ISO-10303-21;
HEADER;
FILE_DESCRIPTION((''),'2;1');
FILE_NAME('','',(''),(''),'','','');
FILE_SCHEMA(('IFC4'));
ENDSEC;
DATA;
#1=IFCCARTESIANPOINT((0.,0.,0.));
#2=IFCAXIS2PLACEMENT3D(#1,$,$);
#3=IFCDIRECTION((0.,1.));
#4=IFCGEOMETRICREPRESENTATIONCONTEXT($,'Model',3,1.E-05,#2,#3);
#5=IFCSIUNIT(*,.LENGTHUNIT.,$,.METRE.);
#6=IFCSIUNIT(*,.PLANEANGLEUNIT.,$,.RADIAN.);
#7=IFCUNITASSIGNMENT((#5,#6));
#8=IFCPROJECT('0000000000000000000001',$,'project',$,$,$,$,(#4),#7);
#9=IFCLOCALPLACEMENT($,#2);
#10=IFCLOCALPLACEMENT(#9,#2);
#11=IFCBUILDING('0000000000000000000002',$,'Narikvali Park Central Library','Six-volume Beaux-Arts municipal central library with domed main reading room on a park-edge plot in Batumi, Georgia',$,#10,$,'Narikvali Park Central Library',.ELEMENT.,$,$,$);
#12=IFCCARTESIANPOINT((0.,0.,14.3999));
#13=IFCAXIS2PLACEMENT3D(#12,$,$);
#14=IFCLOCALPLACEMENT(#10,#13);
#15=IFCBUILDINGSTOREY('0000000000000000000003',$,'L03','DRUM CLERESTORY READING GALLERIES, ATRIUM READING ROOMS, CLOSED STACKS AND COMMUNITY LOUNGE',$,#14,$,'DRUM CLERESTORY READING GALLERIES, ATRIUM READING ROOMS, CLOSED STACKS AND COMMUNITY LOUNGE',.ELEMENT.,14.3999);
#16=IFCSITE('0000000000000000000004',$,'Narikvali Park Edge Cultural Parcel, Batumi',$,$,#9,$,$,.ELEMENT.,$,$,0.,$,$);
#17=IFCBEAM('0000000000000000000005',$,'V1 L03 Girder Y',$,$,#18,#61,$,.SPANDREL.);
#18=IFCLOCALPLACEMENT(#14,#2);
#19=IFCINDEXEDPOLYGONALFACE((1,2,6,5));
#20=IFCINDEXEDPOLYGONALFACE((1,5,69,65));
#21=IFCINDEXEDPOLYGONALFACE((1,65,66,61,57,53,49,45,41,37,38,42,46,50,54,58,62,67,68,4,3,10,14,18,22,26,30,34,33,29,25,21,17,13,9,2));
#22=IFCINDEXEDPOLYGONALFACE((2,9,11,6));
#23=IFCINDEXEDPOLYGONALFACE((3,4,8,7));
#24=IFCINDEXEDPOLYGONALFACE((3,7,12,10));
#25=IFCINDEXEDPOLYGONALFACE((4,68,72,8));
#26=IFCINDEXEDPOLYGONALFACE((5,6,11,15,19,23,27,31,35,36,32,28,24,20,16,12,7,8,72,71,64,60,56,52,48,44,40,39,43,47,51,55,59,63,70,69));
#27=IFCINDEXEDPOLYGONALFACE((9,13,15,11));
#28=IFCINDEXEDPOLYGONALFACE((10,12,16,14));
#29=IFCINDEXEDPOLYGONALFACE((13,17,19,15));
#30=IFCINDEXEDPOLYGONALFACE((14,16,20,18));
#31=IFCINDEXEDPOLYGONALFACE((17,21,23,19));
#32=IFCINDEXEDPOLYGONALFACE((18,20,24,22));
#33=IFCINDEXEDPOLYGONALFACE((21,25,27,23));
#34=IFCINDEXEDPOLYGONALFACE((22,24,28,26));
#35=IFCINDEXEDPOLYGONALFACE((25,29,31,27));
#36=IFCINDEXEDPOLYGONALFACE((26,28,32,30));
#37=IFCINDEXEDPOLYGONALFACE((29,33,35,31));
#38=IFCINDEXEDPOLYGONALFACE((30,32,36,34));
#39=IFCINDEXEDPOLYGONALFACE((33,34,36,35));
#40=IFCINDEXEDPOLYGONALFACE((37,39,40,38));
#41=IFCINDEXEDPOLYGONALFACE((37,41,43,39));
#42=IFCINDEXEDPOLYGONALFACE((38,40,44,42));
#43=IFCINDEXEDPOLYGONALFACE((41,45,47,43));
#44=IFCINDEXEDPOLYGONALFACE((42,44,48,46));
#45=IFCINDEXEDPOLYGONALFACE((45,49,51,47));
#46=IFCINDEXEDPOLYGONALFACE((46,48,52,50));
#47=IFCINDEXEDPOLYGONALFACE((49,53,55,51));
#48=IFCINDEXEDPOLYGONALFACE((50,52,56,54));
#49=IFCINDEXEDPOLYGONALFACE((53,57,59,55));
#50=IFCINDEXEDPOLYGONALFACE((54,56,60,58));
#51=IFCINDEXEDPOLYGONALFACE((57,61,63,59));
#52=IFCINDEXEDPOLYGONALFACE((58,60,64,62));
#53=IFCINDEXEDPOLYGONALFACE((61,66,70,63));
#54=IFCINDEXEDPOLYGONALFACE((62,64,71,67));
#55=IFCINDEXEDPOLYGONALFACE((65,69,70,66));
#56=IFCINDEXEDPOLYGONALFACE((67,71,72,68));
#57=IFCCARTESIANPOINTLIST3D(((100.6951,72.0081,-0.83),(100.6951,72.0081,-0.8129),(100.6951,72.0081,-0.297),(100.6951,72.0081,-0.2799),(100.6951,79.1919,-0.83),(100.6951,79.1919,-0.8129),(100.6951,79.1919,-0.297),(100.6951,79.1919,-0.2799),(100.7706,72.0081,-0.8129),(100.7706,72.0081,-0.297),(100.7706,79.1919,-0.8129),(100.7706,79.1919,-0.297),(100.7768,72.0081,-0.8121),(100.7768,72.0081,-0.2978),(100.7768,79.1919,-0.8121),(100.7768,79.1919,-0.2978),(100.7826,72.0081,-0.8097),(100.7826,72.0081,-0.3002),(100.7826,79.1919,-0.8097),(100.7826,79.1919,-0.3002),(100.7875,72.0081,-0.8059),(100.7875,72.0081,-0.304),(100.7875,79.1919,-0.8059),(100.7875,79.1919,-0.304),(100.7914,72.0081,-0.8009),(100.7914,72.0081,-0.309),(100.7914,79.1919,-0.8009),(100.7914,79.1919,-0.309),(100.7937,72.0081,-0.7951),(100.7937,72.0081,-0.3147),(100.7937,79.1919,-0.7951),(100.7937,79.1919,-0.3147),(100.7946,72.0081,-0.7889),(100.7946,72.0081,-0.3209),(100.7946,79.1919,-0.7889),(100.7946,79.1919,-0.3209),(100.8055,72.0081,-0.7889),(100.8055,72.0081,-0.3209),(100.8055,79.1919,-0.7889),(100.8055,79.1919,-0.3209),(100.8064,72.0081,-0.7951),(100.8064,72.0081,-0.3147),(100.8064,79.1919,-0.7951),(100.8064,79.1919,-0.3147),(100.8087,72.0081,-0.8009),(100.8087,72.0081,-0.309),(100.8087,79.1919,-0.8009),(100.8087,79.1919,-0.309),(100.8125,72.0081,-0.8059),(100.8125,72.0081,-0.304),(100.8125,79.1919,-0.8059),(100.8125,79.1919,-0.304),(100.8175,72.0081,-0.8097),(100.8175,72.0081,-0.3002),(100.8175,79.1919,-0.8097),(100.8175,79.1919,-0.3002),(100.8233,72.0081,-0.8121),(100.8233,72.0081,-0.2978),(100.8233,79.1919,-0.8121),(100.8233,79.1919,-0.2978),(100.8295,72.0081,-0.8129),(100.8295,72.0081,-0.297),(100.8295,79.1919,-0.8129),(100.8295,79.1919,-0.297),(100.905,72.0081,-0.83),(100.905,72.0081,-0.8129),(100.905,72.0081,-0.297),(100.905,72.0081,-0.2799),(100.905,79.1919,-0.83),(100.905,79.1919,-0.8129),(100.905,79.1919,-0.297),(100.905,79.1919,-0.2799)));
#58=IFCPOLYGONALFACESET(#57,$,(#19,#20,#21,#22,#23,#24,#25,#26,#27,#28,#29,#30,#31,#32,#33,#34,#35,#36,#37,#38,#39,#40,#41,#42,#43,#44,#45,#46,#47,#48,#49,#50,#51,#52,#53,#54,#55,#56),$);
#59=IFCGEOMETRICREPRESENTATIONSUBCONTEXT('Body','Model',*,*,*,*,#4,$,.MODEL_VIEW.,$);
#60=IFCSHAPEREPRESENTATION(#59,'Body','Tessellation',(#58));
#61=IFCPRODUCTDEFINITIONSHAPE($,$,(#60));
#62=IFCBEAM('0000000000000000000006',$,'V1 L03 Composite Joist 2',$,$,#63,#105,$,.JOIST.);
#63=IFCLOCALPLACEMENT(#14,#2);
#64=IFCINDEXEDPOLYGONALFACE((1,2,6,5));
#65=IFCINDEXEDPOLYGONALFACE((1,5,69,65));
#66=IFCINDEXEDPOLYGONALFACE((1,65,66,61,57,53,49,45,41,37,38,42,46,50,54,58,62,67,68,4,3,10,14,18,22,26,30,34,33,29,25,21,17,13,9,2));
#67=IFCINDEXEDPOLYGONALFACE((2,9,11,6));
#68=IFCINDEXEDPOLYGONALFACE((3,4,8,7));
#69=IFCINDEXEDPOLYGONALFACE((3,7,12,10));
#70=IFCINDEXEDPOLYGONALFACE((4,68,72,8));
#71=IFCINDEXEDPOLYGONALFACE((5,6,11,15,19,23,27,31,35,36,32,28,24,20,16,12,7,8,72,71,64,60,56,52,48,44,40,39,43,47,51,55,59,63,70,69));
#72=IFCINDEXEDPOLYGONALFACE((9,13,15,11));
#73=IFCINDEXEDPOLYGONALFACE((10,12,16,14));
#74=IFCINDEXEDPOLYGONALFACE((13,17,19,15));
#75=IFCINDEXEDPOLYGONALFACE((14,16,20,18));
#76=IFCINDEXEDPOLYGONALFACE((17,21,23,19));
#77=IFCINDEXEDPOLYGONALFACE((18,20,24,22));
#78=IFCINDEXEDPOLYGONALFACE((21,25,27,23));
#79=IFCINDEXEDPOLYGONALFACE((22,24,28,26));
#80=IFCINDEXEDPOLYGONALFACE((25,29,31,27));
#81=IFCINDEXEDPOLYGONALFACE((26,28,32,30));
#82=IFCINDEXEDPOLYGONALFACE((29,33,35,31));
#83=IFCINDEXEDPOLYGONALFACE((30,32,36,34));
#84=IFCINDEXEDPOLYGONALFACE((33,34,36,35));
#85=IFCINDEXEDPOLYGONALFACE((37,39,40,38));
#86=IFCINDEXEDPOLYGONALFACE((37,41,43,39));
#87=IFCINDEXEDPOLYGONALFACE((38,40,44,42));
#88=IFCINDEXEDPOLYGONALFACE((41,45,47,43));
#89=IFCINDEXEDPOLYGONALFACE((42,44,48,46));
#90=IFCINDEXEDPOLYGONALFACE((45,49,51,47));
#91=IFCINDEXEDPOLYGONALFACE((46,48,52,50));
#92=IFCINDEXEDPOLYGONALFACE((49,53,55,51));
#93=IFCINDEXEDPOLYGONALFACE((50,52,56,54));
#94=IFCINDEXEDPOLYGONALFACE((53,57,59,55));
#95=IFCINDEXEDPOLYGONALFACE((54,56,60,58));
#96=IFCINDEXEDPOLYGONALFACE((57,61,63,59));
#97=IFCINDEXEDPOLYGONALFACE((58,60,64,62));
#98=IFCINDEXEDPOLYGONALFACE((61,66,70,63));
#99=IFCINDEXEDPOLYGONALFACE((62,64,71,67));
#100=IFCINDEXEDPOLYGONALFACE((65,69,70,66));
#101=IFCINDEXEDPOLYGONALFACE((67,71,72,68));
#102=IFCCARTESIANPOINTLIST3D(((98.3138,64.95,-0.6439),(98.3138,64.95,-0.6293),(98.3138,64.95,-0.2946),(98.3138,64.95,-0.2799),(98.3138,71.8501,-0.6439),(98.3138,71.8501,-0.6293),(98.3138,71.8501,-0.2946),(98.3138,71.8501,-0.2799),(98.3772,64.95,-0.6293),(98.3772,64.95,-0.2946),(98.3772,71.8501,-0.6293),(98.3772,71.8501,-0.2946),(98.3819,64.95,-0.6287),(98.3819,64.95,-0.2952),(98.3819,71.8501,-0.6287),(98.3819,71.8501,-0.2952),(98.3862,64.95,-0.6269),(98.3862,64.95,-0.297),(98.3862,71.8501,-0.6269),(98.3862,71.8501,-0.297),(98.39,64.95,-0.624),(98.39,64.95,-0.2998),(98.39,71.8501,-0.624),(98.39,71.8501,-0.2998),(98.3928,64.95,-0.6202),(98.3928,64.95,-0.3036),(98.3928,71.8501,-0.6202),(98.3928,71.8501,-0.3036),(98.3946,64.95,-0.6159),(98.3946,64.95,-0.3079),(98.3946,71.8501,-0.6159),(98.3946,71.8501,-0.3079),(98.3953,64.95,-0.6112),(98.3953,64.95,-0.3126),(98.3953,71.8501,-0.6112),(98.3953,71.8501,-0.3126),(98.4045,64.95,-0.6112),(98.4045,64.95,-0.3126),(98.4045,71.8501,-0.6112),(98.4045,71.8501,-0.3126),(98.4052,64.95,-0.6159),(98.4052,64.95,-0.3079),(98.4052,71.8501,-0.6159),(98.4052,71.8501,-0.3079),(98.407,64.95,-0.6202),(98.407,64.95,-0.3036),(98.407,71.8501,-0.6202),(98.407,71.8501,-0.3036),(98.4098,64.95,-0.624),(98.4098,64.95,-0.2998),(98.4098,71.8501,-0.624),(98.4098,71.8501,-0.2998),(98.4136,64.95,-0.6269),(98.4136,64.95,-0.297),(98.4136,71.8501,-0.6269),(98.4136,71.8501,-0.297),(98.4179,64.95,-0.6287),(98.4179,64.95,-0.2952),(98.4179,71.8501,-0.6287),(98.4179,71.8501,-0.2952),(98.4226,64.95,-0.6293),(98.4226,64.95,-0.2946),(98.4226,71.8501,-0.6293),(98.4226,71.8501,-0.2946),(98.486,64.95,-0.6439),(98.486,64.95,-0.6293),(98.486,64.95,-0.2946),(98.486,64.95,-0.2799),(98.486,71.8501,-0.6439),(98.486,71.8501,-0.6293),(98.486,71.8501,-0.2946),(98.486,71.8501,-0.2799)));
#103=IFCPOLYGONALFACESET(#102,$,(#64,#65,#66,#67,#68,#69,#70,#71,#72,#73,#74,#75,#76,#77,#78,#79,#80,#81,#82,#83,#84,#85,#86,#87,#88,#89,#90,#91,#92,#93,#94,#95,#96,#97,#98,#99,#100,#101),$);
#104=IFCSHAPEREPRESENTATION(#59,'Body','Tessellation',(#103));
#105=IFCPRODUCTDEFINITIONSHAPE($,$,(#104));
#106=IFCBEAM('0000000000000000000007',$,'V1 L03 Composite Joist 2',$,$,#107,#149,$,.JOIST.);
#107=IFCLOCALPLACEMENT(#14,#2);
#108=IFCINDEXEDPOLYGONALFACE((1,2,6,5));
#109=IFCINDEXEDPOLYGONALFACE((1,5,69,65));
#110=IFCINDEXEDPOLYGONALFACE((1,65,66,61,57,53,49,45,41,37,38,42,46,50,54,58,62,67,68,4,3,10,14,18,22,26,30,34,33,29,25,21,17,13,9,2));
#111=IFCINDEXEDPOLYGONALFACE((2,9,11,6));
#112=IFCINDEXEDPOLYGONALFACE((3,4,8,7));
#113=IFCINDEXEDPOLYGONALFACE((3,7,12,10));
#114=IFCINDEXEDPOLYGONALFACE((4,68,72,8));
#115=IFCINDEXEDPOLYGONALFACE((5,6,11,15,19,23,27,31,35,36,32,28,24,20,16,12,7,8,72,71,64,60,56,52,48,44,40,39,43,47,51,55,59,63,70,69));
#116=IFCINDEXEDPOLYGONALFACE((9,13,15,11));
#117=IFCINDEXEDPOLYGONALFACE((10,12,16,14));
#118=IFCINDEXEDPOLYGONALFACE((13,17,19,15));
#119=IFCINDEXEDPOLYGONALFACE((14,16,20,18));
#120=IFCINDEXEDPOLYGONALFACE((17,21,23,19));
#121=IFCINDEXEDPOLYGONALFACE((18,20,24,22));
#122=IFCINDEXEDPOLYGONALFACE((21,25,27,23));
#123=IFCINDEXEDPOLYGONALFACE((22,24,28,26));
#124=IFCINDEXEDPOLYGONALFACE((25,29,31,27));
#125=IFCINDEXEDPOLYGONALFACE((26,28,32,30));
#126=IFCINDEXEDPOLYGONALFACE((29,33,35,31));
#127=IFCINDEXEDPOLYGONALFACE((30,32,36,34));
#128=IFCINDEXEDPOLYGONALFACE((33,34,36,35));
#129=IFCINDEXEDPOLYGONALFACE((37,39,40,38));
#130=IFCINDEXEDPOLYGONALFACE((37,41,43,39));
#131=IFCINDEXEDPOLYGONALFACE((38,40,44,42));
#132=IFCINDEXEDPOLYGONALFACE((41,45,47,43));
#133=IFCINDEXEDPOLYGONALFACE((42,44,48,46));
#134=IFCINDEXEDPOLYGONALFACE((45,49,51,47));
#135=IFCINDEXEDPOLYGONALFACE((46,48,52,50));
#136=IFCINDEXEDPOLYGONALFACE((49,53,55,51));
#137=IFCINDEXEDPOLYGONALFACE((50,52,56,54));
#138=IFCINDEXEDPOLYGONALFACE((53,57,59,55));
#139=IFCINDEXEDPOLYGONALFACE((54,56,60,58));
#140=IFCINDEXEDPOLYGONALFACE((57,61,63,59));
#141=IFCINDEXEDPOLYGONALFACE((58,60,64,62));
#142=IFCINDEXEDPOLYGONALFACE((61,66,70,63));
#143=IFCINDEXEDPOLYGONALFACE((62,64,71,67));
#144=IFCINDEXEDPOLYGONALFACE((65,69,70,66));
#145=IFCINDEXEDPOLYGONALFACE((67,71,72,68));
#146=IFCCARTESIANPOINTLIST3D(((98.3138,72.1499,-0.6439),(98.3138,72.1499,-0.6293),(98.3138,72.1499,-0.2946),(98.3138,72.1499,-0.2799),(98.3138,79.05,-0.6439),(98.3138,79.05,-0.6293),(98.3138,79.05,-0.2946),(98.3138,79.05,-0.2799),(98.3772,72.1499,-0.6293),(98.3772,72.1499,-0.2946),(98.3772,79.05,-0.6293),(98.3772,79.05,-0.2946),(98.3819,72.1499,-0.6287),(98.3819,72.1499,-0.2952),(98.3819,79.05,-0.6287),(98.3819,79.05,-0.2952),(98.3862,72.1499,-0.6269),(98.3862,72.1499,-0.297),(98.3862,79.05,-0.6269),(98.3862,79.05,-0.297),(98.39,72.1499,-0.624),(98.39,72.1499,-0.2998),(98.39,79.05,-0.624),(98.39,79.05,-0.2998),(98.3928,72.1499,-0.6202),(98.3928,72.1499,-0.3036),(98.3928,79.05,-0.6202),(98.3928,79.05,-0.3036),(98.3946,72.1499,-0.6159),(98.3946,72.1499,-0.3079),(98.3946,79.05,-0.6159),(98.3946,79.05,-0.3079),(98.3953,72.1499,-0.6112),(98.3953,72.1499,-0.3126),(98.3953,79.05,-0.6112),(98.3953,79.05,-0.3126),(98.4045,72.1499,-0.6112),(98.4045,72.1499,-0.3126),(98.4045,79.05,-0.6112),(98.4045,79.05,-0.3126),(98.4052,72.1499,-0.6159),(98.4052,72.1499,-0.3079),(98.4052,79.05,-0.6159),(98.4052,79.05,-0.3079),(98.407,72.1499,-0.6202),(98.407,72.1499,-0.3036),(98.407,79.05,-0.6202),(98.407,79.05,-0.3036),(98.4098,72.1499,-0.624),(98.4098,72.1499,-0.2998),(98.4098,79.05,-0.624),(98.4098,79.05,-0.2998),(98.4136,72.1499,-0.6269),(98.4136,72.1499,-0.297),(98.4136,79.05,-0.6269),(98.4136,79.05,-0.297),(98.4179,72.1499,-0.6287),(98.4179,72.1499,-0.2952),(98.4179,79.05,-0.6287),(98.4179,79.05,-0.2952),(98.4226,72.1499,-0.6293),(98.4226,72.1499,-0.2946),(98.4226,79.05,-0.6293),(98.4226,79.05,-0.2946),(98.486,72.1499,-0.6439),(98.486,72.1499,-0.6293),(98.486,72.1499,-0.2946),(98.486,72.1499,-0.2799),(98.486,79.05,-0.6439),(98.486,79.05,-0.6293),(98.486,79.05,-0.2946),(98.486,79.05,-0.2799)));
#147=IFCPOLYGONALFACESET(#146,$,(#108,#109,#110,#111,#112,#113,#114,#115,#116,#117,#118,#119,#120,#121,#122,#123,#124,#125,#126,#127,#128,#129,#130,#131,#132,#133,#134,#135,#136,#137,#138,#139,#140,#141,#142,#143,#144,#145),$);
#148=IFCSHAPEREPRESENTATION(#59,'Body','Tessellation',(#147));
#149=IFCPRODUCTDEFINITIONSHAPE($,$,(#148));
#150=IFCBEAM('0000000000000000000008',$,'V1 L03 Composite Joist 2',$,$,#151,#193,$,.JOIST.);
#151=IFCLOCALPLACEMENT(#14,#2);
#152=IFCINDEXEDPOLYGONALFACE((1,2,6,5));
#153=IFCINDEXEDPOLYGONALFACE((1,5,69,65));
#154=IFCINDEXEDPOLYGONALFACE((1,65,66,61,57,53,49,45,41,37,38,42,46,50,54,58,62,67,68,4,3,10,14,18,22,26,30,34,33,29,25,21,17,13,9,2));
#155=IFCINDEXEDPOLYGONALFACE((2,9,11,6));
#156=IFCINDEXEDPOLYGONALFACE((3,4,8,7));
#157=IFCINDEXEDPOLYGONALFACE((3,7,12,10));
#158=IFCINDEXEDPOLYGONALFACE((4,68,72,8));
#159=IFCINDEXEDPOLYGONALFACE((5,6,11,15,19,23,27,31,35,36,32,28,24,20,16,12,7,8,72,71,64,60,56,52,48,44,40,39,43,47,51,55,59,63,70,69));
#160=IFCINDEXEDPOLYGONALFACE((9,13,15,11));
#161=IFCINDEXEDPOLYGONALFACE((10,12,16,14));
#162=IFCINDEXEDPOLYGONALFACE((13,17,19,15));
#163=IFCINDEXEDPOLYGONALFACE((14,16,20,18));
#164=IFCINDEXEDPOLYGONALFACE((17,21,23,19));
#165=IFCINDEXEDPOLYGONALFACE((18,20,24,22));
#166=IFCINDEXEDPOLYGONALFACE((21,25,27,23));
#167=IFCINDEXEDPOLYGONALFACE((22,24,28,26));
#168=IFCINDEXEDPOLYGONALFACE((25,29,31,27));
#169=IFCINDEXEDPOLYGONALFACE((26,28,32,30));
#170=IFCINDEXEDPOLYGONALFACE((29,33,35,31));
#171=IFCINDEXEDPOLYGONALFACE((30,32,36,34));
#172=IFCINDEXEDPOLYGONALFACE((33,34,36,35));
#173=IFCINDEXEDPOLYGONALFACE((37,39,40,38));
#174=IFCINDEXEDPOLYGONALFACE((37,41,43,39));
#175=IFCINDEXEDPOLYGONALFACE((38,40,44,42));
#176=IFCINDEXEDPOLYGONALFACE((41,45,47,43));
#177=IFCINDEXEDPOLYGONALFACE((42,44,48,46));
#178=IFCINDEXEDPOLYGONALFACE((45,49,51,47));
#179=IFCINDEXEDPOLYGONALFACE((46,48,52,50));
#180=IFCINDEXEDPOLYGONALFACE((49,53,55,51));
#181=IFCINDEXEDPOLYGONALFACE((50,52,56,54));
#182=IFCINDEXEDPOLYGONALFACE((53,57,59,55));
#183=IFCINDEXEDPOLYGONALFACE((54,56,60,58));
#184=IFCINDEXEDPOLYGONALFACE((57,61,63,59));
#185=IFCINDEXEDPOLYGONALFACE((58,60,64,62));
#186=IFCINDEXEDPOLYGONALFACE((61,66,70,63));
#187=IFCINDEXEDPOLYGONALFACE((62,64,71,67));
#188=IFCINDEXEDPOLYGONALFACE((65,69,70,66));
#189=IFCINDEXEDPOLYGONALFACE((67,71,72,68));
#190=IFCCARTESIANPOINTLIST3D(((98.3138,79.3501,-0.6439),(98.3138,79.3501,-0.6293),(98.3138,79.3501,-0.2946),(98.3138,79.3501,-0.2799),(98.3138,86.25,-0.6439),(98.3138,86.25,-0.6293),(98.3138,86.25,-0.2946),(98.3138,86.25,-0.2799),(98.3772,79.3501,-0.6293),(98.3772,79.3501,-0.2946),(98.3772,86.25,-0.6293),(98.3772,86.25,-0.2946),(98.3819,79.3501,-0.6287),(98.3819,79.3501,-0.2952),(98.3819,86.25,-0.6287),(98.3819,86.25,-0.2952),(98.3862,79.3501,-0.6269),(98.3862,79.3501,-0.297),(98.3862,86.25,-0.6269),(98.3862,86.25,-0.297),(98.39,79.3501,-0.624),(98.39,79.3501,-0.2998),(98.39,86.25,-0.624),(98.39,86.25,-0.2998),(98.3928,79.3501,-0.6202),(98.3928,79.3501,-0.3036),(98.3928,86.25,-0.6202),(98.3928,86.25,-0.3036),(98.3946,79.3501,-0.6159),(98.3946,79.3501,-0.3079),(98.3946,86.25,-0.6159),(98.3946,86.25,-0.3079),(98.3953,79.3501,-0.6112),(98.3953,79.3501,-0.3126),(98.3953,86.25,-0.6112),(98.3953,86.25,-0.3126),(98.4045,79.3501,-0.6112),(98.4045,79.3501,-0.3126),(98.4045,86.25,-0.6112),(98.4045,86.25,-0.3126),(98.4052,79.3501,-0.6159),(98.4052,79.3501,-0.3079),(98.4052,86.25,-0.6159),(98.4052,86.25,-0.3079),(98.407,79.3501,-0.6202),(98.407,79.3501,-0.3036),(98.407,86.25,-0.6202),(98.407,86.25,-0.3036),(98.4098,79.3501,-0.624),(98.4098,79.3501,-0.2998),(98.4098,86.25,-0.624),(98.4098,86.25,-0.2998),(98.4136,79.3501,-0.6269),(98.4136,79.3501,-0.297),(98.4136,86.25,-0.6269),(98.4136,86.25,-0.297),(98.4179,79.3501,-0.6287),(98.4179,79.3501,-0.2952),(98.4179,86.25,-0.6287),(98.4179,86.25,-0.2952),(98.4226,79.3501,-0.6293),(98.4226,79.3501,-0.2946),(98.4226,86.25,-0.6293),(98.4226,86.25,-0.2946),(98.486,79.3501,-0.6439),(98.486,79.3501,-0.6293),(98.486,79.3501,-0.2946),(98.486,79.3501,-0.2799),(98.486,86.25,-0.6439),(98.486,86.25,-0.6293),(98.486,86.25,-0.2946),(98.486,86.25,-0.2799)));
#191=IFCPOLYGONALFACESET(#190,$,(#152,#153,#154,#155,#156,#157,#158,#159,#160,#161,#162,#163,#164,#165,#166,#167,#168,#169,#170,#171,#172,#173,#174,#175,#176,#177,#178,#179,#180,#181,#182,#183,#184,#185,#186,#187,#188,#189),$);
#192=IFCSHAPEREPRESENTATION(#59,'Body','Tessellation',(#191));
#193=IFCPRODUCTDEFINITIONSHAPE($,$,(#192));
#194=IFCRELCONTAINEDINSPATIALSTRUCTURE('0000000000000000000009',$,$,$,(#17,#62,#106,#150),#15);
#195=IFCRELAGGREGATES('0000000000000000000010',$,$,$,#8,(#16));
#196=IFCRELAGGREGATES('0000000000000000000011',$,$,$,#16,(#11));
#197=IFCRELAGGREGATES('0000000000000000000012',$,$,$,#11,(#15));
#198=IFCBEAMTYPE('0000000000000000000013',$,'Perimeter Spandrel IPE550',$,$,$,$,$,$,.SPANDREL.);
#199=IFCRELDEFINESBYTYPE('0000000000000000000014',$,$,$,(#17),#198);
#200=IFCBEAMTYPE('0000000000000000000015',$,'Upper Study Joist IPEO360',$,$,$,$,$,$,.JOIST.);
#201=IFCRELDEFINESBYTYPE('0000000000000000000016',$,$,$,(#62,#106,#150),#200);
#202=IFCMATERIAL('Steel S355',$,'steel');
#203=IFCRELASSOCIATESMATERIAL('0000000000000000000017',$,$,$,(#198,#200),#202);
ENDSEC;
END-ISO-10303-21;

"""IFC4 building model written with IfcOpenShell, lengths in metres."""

from ifc_helpers import new_model, si_unit, direction, frame, origin, origin_2d, place, context, subcontext, project, spatial, i_section, extrude, material, material_profile, profile_set, type_object, element, save


model = new_model("IFC4")

# Units and contexts
model_context = context("Model", 3, precision=1e-05, world=origin(), true_north=direction((0.0, 1.0)))
body_context = subcontext(model_context, "Body", "Model", "MODEL_VIEW")
ifc_project = project(units=[si_unit("LENGTHUNIT", "METRE"), si_unit("PLANEANGLEUNIT", "RADIAN")], contexts=[model_context])

# Site, building, storey
site_placement = place(None, origin())
site = spatial("IfcSite", under=ifc_project, at=site_placement, Name="Narikvali Park Edge Cultural Parcel, Batumi", CompositionType="ELEMENT", RefElevation=0.0)
building_placement = place(site_placement, origin())
building = spatial("IfcBuilding", under=site, at=building_placement, Name="Narikvali Park Central Library", Description="Six-volume Beaux-Arts municipal central library with domed main reading room on a park-edge plot in Batumi, Georgia", LongName="Narikvali Park Central Library", CompositionType="ELEMENT")
storey_placement = place(building_placement, frame((0.0, 0.0, 14.3999)))
storey = spatial("IfcBuildingStorey", under=building, at=storey_placement, Name="L03", Description="DRUM CLERESTORY READING GALLERIES, ATRIUM READING ROOMS, CLOSED STACKS AND COMMUNITY LOUNGE", LongName="DRUM CLERESTORY READING GALLERIES, ATRIUM READING ROOMS, CLOSED STACKS AND COMMUNITY LOUNGE", CompositionType="ELEMENT", Elevation=14.3999)

# Shared definitions
ifc_material_1 = material(Name="Steel S355", Category="steel")

# Beams
ifc_material_profile_1 = material_profile(ifc_material_1, i_section(OverallWidth=0.21, OverallDepth=0.55, WebThickness=0.011, FlangeThickness=0.0171, FilletRadius=0.0239, at=origin_2d()), Name="IPE 550")
ifc_profile_set_1 = profile_set([ifc_material_profile_1], Name="Steel S355")
beam_type_1 = type_object("IfcBeamType", Name="Perimeter Spandrel IPE550", PredefinedType="SPANDREL", material=ifc_profile_set_1)
for number, where, z_axis, x_axis, name in (
    (1, (100.8, 72.0081, -0.5549), (0.0, 1.0, 0.0), (-1.0, 0.0, 0.0), "V1 L03 Girder Y"),
):
    element("IfcBeam", number, at=place(storey_placement, frame(where, z_axis=z_axis, x_axis=x_axis)), inside=storey, type_object=beam_type_1, Name=name, PredefinedType="SPANDREL", context=body_context, shape_type="SweptSolid", body=[
        extrude(i_section(OverallWidth=0.21, OverallDepth=0.55, WebThickness=0.011, FlangeThickness=0.0171, FilletRadius=0.0239, at=origin_2d()), origin(), (0.0, 0.0, 1.0), 7.1838),
    ])
ifc_material_profile_2 = material_profile(ifc_material_1, i_section(OverallWidth=0.1721, OverallDepth=0.364, WebThickness=0.0093, FlangeThickness=0.0146, FilletRadius=0.0181, at=origin_2d()), Name="IPEO 360")
ifc_profile_set_2 = profile_set([ifc_material_profile_2], Name="Steel S355")
beam_type_2 = type_object("IfcBeamType", Name="Upper Study Joist IPEO360", PredefinedType="JOIST", material=ifc_profile_set_2)
for number, where, z_axis, x_axis, name in (
    (2, (98.3999, 64.95, -0.4619), (0.0, 1.0, 0.0), (-1.0, 0.0, 0.0), "V1 L03 Composite Joist 2"),
    (3, (98.3999, 72.1499, -0.4619), (0.0, 1.0, 0.0), (-1.0, 0.0, 0.0), "V1 L03 Composite Joist 2"),
):
    element("IfcBeam", number, at=place(storey_placement, frame(where, z_axis=z_axis, x_axis=x_axis)), inside=storey, type_object=beam_type_2, Name=name, PredefinedType="JOIST", context=body_context, shape_type="SweptSolid", body=[
        extrude(i_section(OverallWidth=0.1721, OverallDepth=0.364, WebThickness=0.0093, FlangeThickness=0.0146, FilletRadius=0.0181, at=origin_2d()), origin(), (0.0, 0.0, 1.0), 6.9001),
    ])
beam_1_placement = place(storey_placement, frame((98.3999, 79.3501, -0.4619), z_axis=(0.0, 1.0, 0.0), x_axis=(-1.0, 0.0, 0.0)))
element("IfcBeam", 4, at=beam_1_placement, inside=storey, type_object=beam_type_2, Name="V1 L03 Composite Joist 2", PredefinedType="JOIST", context=body_context, shape_type="SweptSolid", body=[
    extrude(i_section(OverallWidth=0.1721, OverallDepth=0.364, WebThickness=0.0093, FlangeThickness=0.0146, FilletRadius=0.0181, at=origin_2d()), origin(), (0.0, 0.0, 1.0), 6.8999),
])

save(model, "model.ifc")
